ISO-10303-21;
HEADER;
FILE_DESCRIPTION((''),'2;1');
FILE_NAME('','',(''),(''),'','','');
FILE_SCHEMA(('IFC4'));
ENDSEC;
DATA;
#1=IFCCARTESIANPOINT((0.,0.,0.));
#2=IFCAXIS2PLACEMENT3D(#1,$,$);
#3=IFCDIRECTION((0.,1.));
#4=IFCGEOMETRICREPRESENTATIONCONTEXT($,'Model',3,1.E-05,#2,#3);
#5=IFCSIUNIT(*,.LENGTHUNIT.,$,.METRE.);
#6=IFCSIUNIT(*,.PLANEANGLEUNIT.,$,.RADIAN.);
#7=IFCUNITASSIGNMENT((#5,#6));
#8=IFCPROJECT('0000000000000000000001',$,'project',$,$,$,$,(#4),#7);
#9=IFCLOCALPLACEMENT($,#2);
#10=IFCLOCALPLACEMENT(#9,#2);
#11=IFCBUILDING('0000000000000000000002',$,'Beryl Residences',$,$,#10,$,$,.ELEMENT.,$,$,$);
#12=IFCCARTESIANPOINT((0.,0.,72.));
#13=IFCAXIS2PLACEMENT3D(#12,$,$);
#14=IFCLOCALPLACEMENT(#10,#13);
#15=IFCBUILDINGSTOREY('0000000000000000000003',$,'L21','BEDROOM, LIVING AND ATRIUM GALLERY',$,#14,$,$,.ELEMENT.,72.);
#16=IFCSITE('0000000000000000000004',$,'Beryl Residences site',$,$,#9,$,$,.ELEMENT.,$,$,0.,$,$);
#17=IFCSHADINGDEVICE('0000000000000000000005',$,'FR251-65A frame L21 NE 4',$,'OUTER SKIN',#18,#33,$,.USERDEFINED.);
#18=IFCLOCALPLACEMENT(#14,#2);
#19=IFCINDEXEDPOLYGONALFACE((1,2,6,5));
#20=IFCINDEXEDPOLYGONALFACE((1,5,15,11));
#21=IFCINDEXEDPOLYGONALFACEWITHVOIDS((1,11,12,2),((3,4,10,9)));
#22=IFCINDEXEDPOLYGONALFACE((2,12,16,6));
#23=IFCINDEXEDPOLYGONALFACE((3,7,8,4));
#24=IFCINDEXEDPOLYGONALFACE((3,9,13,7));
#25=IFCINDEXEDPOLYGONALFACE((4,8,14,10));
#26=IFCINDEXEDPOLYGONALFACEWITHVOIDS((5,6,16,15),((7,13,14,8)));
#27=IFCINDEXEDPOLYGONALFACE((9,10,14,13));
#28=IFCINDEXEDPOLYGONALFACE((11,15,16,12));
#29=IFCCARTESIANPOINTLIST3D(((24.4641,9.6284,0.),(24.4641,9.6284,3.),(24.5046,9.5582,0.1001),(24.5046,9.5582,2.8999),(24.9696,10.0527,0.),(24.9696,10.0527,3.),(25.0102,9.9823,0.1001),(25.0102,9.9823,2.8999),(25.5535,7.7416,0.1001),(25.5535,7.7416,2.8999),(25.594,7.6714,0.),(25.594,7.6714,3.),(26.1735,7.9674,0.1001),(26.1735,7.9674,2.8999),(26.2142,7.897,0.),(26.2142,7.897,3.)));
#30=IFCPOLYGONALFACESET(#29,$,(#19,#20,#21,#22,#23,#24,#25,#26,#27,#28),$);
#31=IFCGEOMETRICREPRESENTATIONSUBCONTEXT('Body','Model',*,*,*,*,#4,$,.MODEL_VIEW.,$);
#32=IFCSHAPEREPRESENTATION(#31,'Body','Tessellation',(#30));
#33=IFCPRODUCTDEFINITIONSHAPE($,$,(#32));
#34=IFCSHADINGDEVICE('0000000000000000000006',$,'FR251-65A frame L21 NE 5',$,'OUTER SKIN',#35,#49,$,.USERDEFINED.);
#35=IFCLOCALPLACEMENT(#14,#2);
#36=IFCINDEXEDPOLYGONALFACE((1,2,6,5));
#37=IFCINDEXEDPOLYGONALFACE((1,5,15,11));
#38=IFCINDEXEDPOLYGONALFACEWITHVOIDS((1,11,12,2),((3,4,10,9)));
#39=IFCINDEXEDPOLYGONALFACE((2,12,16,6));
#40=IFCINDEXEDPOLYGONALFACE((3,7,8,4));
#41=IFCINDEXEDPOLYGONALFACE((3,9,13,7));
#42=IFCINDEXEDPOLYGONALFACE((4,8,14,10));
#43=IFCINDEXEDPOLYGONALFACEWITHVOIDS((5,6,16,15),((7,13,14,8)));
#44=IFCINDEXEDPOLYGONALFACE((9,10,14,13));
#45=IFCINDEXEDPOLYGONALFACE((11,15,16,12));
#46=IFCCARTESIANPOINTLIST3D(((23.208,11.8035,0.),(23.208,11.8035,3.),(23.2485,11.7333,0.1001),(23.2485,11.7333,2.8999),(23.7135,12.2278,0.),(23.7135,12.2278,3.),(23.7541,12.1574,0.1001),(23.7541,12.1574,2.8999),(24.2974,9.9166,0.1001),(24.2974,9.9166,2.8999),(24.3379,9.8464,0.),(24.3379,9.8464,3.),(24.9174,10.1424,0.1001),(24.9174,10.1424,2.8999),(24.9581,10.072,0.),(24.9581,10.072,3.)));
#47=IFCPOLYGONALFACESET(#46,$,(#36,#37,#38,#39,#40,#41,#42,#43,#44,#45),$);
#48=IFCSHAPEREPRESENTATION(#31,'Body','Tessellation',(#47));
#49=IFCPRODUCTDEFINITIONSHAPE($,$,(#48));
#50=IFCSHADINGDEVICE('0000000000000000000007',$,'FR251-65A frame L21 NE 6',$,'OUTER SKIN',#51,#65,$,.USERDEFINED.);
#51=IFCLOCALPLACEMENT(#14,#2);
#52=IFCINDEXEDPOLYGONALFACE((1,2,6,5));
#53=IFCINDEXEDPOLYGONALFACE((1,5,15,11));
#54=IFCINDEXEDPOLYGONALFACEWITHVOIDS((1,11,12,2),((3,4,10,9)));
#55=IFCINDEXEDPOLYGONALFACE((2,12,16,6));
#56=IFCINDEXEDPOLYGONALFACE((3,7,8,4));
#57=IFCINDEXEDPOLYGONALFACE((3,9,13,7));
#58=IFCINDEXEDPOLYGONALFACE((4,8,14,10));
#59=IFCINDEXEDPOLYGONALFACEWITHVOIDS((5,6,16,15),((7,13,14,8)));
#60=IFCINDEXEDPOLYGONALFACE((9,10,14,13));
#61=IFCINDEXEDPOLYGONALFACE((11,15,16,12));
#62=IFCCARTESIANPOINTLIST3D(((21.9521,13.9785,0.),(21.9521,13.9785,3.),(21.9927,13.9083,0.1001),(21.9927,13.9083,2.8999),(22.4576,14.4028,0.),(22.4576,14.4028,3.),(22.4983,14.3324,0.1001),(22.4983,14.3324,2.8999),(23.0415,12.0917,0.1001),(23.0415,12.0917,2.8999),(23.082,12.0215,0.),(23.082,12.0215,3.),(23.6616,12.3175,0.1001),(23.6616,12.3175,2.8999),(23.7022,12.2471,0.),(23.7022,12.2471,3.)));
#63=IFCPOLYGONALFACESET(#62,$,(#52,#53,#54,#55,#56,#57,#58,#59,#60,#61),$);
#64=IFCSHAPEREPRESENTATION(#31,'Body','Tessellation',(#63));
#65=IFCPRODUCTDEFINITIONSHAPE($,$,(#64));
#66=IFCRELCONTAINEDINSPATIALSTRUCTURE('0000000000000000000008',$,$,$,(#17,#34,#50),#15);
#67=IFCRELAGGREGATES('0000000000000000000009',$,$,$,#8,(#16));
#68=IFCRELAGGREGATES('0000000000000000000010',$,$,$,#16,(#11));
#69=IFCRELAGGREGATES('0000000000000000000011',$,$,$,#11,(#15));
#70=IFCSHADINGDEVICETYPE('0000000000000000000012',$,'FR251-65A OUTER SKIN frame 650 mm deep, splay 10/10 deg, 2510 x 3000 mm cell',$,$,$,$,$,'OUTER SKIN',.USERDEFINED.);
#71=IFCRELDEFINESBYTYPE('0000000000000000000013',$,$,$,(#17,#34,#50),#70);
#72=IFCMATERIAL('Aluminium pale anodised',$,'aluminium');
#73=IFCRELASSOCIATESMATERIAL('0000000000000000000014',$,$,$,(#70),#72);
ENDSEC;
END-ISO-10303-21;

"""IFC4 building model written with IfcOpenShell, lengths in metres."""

from ifc_helpers import new_model, entity, si_unit, direction, frame, origin, place, context, subcontext, project, spatial, source, transform, mapped, material, type_object, type_shapes, element, save


model = new_model("IFC4")

# Units and contexts
model_context = context("Model", 3, precision=1e-05, world=origin(), true_north=direction((0.0, 1.0)))
body_context = subcontext(model_context, "Body", "Model", "MODEL_VIEW")
ifc_project = project(units=[si_unit("LENGTHUNIT", "METRE"), si_unit("PLANEANGLEUNIT", "RADIAN")], contexts=[model_context])

# Site, building, storey
site_placement = place(None, origin())
site = spatial("IfcSite", under=ifc_project, at=site_placement, Name="Beryl Residences site", CompositionType="ELEMENT", RefElevation=0.0)
building_placement = place(site_placement, origin())
building = spatial("IfcBuilding", under=site, at=building_placement, Name="Beryl Residences", CompositionType="ELEMENT")
storey_placement = place(building_placement, frame((0.0, 0.0, 72.0)))
storey = spatial("IfcBuildingStorey", under=building, at=storey_placement, Name="L21", Description="BEDROOM, LIVING AND ATRIUM GALLERY", CompositionType="ELEMENT", Elevation=72.0)

# Shading devices
ifc_material_1 = material(Name="Aluminium pale anodised", Category="aluminium")
shading_device_type = type_object("IfcShadingDeviceType", Name="FR251-65A OUTER SKIN frame 650 mm deep, splay 10/10 deg, 2510 x 3000 mm cell", ElementType="OUTER SKIN", PredefinedType="USERDEFINED", material=ifc_material_1)
cartesian_point_1 = entity("IfcCartesianPoint", [-1.1299, 0.0])
cartesian_point_2 = entity("IfcCartesianPoint", [-1.0488, 0.1001])
cartesian_point_3 = entity("IfcCartesianPoint", [-1.2446, 0.0])
cartesian_point_4 = entity("IfcCartesianPoint", [-1.1633, 0.1001])
shared_shape = source(origin(), body_context, "Body", "SweptSolid", [
    entity("IfcExtrudedAreaSolidTapered", entity("IfcArbitraryProfileDefWithVoids", "AREA", None, entity("IfcPolyline", [cartesian_point_1, entity("IfcCartesianPoint", [1.1299, 0.0]), entity("IfcCartesianPoint", [1.1299, 3.0]), entity("IfcCartesianPoint", [-1.1299, 3.0]), cartesian_point_1]), [entity("IfcPolyline", [cartesian_point_2, entity("IfcCartesianPoint", [1.0488, 0.1001]), entity("IfcCartesianPoint", [1.0488, 2.8999]), entity("IfcCartesianPoint", [-1.0488, 2.8999]), cartesian_point_2])]), entity("IfcAxis2Placement3D", entity("IfcCartesianPoint", [0.0, 0.0, 0.0]), entity("IfcDirection", [0.0, 1.0, 0.0]), entity("IfcDirection", [-1.0, 0.0, 0.0])), entity("IfcDirection", [0.0, 0.0, 1.0]), 0.6499, entity("IfcArbitraryProfileDefWithVoids", "AREA", None, entity("IfcPolyline", [cartesian_point_3, entity("IfcCartesianPoint", [1.2446, 0.0]), entity("IfcCartesianPoint", [1.2446, 3.0]), entity("IfcCartesianPoint", [-1.2446, 3.0]), cartesian_point_3]), [entity("IfcPolyline", [cartesian_point_4, entity("IfcCartesianPoint", [1.1633, 0.1001]), entity("IfcCartesianPoint", [1.1633, 2.8999]), entity("IfcCartesianPoint", [-1.1633, 2.8999]), cartesian_point_4])])),
])
type_shapes(shading_device_type, [shared_shape])
for number, where, z_axis, x_axis, name in (
    (1, (25.0291, 8.6499, 0.0), (0.0, 0.0, 1.0), (0.5, -0.866025, 0.0), "FR251-65A frame L21 NE 4"),
    (2, (23.7729, 10.825, 0.0), (0.0, 0.0, 1.0), (0.5, -0.866025, 0.0), "FR251-65A frame L21 NE 5"),
    (3, (22.5171, 13.0, 0.0), (0.0, 0.0, 1.0), (0.5, -0.866025, 0.0), "FR251-65A frame L21 NE 6"),
):
    element("IfcShadingDevice", number, at=place(storey_placement, frame(where, z_axis=z_axis, x_axis=x_axis)), inside=storey, type_object=shading_device_type, Name=name, ObjectType="OUTER SKIN", PredefinedType="USERDEFINED", context=body_context, shape_type="MappedRepresentation", body=[
        mapped(shared_shape, transform((0.0, 0.0, 0.0))),
    ])

save(model, "model.ifc")
